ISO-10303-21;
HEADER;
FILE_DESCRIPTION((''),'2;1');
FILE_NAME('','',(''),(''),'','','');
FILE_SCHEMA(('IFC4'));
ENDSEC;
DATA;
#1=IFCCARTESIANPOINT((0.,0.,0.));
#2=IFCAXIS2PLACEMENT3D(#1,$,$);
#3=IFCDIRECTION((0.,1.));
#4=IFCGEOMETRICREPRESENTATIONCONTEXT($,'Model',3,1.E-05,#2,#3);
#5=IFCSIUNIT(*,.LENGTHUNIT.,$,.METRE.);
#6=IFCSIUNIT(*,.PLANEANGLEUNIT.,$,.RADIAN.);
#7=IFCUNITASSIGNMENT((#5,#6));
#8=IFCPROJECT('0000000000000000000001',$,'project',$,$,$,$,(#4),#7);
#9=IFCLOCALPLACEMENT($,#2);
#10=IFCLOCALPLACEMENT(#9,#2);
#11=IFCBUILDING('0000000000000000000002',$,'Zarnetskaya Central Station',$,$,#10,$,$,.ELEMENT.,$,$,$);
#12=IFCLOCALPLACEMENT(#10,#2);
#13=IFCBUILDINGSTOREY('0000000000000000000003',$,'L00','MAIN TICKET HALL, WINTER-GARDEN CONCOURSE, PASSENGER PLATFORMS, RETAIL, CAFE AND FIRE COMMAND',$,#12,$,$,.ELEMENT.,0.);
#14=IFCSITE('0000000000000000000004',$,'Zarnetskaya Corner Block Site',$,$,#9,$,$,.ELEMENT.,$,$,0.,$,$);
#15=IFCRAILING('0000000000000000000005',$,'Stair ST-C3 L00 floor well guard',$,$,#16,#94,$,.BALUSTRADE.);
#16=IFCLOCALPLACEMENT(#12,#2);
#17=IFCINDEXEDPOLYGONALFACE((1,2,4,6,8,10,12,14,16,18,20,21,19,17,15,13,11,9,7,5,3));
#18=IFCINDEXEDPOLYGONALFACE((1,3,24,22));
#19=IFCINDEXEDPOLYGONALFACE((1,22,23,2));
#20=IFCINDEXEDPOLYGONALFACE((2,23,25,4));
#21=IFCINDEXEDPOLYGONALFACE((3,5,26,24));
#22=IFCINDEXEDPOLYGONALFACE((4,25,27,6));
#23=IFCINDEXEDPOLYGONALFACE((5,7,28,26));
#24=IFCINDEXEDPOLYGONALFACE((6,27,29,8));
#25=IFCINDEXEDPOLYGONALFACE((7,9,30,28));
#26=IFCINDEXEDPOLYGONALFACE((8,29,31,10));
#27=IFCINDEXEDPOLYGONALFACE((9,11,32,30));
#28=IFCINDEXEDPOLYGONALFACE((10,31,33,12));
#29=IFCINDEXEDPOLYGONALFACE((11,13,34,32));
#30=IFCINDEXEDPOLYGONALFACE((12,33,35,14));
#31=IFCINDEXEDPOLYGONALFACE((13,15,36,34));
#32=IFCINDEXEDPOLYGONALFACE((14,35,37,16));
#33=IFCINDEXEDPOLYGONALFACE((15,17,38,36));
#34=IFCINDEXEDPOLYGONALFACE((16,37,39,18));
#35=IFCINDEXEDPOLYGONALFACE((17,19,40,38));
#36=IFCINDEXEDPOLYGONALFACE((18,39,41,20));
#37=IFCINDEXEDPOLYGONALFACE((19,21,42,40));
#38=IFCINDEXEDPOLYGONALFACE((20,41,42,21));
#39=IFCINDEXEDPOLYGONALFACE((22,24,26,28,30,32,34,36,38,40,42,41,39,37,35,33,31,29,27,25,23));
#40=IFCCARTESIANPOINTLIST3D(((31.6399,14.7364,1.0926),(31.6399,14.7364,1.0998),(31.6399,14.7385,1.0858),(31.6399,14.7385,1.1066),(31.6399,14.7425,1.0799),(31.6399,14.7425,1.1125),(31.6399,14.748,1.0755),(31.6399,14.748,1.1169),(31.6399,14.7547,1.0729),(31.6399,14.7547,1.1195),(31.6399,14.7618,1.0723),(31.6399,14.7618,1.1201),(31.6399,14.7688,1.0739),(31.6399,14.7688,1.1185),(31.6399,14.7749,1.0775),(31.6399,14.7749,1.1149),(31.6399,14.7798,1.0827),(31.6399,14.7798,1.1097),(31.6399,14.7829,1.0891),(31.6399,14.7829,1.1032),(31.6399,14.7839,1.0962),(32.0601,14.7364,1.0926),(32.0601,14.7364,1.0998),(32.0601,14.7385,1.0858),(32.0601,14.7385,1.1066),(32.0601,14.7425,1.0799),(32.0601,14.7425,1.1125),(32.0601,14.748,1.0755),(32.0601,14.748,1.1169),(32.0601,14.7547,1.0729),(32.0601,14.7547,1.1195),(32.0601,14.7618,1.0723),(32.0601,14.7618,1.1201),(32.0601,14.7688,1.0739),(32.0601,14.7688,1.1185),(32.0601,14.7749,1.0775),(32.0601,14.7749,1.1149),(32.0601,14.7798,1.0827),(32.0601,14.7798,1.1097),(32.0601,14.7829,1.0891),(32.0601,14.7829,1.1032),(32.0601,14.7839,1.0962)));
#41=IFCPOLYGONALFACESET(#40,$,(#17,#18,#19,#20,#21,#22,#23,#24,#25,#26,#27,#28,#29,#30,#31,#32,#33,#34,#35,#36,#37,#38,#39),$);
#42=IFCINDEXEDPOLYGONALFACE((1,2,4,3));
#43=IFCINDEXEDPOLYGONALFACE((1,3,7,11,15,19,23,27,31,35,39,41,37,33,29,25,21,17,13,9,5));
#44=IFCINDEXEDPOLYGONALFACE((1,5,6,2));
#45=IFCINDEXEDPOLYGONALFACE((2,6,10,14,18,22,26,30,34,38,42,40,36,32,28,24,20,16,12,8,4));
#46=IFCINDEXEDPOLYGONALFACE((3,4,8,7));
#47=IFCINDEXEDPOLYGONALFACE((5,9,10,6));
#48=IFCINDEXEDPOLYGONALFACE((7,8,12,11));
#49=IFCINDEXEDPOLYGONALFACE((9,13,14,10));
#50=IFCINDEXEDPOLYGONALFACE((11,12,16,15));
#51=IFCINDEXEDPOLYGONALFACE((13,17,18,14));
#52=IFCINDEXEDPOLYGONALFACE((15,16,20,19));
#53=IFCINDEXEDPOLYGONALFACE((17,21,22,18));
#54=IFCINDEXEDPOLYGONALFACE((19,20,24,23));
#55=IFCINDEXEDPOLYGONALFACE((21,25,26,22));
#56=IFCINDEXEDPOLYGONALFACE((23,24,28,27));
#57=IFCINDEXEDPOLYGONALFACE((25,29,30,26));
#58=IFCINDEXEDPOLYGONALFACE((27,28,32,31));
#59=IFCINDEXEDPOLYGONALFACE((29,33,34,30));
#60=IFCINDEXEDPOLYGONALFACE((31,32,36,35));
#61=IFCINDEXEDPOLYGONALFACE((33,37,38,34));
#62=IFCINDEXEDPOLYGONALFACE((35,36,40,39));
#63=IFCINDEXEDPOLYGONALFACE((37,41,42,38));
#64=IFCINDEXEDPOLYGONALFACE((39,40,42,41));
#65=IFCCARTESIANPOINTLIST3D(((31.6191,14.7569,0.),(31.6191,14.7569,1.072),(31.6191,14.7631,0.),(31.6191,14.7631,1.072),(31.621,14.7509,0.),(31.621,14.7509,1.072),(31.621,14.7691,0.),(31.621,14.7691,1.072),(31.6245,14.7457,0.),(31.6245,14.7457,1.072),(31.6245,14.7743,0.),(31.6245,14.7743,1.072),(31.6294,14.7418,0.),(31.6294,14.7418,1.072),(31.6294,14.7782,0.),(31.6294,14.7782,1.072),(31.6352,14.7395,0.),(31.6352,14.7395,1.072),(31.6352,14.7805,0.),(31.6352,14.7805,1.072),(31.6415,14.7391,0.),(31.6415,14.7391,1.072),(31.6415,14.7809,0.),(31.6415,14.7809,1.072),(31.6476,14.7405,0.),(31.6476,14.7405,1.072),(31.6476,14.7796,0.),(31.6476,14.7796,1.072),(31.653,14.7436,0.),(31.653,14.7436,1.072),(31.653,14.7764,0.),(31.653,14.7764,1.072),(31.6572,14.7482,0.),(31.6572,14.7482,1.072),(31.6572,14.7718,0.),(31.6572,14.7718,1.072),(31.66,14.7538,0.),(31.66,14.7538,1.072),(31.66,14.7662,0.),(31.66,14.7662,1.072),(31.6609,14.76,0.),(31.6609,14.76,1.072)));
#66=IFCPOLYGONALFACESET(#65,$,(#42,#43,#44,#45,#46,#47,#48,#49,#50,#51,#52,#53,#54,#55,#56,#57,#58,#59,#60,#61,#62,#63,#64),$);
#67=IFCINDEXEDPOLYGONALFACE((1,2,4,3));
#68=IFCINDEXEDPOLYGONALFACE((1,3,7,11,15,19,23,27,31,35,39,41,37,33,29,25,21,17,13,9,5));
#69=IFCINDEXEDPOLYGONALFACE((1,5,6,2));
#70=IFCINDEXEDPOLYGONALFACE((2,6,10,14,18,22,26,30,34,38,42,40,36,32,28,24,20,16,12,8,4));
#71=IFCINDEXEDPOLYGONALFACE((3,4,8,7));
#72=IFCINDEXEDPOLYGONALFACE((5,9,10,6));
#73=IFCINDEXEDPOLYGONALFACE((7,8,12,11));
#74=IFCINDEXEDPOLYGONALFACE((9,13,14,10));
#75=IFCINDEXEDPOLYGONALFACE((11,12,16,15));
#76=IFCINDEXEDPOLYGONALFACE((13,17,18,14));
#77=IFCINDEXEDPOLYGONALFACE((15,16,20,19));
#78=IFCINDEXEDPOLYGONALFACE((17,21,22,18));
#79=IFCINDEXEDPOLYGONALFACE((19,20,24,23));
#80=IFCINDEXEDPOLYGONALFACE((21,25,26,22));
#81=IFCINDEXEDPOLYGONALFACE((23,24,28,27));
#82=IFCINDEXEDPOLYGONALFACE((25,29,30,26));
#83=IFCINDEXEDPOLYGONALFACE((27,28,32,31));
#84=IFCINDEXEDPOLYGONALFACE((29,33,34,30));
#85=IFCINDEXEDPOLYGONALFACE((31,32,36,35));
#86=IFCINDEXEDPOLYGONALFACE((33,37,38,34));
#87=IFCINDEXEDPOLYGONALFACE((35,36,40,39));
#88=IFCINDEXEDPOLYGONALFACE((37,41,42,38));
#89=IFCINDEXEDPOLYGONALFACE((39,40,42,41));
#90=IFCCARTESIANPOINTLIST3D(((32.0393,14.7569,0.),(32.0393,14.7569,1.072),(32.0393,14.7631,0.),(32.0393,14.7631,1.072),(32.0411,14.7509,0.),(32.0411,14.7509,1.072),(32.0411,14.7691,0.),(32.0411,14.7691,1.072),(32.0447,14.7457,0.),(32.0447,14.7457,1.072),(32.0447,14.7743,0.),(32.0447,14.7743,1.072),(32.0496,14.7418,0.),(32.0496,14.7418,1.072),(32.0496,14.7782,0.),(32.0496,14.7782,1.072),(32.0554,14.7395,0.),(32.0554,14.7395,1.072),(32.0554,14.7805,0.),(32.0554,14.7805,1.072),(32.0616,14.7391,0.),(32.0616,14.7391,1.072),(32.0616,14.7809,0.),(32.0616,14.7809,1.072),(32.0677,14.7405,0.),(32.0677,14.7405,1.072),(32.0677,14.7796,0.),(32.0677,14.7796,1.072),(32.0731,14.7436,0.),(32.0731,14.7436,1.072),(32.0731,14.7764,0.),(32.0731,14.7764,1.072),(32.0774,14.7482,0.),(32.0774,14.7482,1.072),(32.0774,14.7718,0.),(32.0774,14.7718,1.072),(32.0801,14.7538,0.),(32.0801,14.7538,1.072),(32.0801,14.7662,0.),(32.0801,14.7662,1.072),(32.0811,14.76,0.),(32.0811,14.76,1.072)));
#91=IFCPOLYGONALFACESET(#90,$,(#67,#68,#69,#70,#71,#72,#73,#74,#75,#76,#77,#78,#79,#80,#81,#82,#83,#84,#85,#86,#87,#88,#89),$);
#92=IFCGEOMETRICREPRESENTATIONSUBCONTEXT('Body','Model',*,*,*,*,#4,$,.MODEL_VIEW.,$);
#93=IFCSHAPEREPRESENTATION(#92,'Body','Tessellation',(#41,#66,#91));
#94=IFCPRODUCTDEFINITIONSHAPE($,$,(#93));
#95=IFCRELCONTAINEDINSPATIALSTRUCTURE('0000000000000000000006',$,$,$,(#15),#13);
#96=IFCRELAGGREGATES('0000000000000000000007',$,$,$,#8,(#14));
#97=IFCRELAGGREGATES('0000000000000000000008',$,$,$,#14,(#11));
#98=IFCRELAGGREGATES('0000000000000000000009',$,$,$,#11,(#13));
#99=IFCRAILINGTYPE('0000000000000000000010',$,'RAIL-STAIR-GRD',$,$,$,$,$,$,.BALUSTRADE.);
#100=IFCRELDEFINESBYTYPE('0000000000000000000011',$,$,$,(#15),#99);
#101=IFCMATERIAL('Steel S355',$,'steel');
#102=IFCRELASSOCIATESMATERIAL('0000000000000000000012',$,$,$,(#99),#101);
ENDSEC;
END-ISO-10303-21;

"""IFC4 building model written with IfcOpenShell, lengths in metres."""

from ifc_helpers import new_model, si_unit, direction, frame, origin, origin_2d, place, context, subcontext, project, spatial, circle, extrude, material, type_object, element, save


model = new_model("IFC4")

# Units and contexts
model_context = context("Model", 3, precision=1e-05, world=origin(), true_north=direction((0.0, 1.0)))
body_context = subcontext(model_context, "Body", "Model", "MODEL_VIEW")
ifc_project = project(units=[si_unit("LENGTHUNIT", "METRE"), si_unit("PLANEANGLEUNIT", "RADIAN")], contexts=[model_context])

# Site, building, storey
site_placement = place(None, origin())
site = spatial("IfcSite", under=ifc_project, at=site_placement, Name="Zarnetskaya Corner Block Site", CompositionType="ELEMENT", RefElevation=0.0)
building_placement = place(site_placement, origin())
building = spatial("IfcBuilding", under=site, at=building_placement, Name="Zarnetskaya Central Station", CompositionType="ELEMENT")
storey_placement = place(building_placement, origin())
storey = spatial("IfcBuildingStorey", under=building, at=storey_placement, Name="L00", Description="MAIN TICKET HALL, WINTER-GARDEN CONCOURSE, PASSENGER PLATFORMS, RETAIL, CAFE AND FIRE COMMAND", CompositionType="ELEMENT", Elevation=0.0)

# Shared definitions
ifc_material_1 = material(Name="Steel S355", Category="steel")

# Railing
railing_type_1 = type_object("IfcRailingType", Name="RAIL-STAIR-GRD", PredefinedType="BALUSTRADE", material=ifc_material_1)
railing_1_placement = place(storey_placement, frame((31.6399, 14.76, 0.0)))
element("IfcRailing", 1, at=railing_1_placement, inside=storey, type_object=railing_type_1, Name="Stair ST-C3 L00 floor well guard", PredefinedType="BALUSTRADE", context=body_context, shape_type="SweptSolid", body=[
    extrude(circle(Radius=0.0239, at=origin_2d()), frame((0.0, 0.0, 1.0962), z_axis=(1.0, 0.0, 0.0), x_axis=(0.0, 1.0, 0.0)), (0.0, 0.0, 1.0), 0.4202),
    extrude(circle(Radius=0.021, at=origin_2d()), origin(), (0.0, 0.0, 1.0), 1.072),
    extrude(circle(Radius=0.021, at=origin_2d()), frame((0.4202, 0.0, 0.0)), (0.0, 0.0, 1.0), 1.072),
])

save(model, "model.ifc")
